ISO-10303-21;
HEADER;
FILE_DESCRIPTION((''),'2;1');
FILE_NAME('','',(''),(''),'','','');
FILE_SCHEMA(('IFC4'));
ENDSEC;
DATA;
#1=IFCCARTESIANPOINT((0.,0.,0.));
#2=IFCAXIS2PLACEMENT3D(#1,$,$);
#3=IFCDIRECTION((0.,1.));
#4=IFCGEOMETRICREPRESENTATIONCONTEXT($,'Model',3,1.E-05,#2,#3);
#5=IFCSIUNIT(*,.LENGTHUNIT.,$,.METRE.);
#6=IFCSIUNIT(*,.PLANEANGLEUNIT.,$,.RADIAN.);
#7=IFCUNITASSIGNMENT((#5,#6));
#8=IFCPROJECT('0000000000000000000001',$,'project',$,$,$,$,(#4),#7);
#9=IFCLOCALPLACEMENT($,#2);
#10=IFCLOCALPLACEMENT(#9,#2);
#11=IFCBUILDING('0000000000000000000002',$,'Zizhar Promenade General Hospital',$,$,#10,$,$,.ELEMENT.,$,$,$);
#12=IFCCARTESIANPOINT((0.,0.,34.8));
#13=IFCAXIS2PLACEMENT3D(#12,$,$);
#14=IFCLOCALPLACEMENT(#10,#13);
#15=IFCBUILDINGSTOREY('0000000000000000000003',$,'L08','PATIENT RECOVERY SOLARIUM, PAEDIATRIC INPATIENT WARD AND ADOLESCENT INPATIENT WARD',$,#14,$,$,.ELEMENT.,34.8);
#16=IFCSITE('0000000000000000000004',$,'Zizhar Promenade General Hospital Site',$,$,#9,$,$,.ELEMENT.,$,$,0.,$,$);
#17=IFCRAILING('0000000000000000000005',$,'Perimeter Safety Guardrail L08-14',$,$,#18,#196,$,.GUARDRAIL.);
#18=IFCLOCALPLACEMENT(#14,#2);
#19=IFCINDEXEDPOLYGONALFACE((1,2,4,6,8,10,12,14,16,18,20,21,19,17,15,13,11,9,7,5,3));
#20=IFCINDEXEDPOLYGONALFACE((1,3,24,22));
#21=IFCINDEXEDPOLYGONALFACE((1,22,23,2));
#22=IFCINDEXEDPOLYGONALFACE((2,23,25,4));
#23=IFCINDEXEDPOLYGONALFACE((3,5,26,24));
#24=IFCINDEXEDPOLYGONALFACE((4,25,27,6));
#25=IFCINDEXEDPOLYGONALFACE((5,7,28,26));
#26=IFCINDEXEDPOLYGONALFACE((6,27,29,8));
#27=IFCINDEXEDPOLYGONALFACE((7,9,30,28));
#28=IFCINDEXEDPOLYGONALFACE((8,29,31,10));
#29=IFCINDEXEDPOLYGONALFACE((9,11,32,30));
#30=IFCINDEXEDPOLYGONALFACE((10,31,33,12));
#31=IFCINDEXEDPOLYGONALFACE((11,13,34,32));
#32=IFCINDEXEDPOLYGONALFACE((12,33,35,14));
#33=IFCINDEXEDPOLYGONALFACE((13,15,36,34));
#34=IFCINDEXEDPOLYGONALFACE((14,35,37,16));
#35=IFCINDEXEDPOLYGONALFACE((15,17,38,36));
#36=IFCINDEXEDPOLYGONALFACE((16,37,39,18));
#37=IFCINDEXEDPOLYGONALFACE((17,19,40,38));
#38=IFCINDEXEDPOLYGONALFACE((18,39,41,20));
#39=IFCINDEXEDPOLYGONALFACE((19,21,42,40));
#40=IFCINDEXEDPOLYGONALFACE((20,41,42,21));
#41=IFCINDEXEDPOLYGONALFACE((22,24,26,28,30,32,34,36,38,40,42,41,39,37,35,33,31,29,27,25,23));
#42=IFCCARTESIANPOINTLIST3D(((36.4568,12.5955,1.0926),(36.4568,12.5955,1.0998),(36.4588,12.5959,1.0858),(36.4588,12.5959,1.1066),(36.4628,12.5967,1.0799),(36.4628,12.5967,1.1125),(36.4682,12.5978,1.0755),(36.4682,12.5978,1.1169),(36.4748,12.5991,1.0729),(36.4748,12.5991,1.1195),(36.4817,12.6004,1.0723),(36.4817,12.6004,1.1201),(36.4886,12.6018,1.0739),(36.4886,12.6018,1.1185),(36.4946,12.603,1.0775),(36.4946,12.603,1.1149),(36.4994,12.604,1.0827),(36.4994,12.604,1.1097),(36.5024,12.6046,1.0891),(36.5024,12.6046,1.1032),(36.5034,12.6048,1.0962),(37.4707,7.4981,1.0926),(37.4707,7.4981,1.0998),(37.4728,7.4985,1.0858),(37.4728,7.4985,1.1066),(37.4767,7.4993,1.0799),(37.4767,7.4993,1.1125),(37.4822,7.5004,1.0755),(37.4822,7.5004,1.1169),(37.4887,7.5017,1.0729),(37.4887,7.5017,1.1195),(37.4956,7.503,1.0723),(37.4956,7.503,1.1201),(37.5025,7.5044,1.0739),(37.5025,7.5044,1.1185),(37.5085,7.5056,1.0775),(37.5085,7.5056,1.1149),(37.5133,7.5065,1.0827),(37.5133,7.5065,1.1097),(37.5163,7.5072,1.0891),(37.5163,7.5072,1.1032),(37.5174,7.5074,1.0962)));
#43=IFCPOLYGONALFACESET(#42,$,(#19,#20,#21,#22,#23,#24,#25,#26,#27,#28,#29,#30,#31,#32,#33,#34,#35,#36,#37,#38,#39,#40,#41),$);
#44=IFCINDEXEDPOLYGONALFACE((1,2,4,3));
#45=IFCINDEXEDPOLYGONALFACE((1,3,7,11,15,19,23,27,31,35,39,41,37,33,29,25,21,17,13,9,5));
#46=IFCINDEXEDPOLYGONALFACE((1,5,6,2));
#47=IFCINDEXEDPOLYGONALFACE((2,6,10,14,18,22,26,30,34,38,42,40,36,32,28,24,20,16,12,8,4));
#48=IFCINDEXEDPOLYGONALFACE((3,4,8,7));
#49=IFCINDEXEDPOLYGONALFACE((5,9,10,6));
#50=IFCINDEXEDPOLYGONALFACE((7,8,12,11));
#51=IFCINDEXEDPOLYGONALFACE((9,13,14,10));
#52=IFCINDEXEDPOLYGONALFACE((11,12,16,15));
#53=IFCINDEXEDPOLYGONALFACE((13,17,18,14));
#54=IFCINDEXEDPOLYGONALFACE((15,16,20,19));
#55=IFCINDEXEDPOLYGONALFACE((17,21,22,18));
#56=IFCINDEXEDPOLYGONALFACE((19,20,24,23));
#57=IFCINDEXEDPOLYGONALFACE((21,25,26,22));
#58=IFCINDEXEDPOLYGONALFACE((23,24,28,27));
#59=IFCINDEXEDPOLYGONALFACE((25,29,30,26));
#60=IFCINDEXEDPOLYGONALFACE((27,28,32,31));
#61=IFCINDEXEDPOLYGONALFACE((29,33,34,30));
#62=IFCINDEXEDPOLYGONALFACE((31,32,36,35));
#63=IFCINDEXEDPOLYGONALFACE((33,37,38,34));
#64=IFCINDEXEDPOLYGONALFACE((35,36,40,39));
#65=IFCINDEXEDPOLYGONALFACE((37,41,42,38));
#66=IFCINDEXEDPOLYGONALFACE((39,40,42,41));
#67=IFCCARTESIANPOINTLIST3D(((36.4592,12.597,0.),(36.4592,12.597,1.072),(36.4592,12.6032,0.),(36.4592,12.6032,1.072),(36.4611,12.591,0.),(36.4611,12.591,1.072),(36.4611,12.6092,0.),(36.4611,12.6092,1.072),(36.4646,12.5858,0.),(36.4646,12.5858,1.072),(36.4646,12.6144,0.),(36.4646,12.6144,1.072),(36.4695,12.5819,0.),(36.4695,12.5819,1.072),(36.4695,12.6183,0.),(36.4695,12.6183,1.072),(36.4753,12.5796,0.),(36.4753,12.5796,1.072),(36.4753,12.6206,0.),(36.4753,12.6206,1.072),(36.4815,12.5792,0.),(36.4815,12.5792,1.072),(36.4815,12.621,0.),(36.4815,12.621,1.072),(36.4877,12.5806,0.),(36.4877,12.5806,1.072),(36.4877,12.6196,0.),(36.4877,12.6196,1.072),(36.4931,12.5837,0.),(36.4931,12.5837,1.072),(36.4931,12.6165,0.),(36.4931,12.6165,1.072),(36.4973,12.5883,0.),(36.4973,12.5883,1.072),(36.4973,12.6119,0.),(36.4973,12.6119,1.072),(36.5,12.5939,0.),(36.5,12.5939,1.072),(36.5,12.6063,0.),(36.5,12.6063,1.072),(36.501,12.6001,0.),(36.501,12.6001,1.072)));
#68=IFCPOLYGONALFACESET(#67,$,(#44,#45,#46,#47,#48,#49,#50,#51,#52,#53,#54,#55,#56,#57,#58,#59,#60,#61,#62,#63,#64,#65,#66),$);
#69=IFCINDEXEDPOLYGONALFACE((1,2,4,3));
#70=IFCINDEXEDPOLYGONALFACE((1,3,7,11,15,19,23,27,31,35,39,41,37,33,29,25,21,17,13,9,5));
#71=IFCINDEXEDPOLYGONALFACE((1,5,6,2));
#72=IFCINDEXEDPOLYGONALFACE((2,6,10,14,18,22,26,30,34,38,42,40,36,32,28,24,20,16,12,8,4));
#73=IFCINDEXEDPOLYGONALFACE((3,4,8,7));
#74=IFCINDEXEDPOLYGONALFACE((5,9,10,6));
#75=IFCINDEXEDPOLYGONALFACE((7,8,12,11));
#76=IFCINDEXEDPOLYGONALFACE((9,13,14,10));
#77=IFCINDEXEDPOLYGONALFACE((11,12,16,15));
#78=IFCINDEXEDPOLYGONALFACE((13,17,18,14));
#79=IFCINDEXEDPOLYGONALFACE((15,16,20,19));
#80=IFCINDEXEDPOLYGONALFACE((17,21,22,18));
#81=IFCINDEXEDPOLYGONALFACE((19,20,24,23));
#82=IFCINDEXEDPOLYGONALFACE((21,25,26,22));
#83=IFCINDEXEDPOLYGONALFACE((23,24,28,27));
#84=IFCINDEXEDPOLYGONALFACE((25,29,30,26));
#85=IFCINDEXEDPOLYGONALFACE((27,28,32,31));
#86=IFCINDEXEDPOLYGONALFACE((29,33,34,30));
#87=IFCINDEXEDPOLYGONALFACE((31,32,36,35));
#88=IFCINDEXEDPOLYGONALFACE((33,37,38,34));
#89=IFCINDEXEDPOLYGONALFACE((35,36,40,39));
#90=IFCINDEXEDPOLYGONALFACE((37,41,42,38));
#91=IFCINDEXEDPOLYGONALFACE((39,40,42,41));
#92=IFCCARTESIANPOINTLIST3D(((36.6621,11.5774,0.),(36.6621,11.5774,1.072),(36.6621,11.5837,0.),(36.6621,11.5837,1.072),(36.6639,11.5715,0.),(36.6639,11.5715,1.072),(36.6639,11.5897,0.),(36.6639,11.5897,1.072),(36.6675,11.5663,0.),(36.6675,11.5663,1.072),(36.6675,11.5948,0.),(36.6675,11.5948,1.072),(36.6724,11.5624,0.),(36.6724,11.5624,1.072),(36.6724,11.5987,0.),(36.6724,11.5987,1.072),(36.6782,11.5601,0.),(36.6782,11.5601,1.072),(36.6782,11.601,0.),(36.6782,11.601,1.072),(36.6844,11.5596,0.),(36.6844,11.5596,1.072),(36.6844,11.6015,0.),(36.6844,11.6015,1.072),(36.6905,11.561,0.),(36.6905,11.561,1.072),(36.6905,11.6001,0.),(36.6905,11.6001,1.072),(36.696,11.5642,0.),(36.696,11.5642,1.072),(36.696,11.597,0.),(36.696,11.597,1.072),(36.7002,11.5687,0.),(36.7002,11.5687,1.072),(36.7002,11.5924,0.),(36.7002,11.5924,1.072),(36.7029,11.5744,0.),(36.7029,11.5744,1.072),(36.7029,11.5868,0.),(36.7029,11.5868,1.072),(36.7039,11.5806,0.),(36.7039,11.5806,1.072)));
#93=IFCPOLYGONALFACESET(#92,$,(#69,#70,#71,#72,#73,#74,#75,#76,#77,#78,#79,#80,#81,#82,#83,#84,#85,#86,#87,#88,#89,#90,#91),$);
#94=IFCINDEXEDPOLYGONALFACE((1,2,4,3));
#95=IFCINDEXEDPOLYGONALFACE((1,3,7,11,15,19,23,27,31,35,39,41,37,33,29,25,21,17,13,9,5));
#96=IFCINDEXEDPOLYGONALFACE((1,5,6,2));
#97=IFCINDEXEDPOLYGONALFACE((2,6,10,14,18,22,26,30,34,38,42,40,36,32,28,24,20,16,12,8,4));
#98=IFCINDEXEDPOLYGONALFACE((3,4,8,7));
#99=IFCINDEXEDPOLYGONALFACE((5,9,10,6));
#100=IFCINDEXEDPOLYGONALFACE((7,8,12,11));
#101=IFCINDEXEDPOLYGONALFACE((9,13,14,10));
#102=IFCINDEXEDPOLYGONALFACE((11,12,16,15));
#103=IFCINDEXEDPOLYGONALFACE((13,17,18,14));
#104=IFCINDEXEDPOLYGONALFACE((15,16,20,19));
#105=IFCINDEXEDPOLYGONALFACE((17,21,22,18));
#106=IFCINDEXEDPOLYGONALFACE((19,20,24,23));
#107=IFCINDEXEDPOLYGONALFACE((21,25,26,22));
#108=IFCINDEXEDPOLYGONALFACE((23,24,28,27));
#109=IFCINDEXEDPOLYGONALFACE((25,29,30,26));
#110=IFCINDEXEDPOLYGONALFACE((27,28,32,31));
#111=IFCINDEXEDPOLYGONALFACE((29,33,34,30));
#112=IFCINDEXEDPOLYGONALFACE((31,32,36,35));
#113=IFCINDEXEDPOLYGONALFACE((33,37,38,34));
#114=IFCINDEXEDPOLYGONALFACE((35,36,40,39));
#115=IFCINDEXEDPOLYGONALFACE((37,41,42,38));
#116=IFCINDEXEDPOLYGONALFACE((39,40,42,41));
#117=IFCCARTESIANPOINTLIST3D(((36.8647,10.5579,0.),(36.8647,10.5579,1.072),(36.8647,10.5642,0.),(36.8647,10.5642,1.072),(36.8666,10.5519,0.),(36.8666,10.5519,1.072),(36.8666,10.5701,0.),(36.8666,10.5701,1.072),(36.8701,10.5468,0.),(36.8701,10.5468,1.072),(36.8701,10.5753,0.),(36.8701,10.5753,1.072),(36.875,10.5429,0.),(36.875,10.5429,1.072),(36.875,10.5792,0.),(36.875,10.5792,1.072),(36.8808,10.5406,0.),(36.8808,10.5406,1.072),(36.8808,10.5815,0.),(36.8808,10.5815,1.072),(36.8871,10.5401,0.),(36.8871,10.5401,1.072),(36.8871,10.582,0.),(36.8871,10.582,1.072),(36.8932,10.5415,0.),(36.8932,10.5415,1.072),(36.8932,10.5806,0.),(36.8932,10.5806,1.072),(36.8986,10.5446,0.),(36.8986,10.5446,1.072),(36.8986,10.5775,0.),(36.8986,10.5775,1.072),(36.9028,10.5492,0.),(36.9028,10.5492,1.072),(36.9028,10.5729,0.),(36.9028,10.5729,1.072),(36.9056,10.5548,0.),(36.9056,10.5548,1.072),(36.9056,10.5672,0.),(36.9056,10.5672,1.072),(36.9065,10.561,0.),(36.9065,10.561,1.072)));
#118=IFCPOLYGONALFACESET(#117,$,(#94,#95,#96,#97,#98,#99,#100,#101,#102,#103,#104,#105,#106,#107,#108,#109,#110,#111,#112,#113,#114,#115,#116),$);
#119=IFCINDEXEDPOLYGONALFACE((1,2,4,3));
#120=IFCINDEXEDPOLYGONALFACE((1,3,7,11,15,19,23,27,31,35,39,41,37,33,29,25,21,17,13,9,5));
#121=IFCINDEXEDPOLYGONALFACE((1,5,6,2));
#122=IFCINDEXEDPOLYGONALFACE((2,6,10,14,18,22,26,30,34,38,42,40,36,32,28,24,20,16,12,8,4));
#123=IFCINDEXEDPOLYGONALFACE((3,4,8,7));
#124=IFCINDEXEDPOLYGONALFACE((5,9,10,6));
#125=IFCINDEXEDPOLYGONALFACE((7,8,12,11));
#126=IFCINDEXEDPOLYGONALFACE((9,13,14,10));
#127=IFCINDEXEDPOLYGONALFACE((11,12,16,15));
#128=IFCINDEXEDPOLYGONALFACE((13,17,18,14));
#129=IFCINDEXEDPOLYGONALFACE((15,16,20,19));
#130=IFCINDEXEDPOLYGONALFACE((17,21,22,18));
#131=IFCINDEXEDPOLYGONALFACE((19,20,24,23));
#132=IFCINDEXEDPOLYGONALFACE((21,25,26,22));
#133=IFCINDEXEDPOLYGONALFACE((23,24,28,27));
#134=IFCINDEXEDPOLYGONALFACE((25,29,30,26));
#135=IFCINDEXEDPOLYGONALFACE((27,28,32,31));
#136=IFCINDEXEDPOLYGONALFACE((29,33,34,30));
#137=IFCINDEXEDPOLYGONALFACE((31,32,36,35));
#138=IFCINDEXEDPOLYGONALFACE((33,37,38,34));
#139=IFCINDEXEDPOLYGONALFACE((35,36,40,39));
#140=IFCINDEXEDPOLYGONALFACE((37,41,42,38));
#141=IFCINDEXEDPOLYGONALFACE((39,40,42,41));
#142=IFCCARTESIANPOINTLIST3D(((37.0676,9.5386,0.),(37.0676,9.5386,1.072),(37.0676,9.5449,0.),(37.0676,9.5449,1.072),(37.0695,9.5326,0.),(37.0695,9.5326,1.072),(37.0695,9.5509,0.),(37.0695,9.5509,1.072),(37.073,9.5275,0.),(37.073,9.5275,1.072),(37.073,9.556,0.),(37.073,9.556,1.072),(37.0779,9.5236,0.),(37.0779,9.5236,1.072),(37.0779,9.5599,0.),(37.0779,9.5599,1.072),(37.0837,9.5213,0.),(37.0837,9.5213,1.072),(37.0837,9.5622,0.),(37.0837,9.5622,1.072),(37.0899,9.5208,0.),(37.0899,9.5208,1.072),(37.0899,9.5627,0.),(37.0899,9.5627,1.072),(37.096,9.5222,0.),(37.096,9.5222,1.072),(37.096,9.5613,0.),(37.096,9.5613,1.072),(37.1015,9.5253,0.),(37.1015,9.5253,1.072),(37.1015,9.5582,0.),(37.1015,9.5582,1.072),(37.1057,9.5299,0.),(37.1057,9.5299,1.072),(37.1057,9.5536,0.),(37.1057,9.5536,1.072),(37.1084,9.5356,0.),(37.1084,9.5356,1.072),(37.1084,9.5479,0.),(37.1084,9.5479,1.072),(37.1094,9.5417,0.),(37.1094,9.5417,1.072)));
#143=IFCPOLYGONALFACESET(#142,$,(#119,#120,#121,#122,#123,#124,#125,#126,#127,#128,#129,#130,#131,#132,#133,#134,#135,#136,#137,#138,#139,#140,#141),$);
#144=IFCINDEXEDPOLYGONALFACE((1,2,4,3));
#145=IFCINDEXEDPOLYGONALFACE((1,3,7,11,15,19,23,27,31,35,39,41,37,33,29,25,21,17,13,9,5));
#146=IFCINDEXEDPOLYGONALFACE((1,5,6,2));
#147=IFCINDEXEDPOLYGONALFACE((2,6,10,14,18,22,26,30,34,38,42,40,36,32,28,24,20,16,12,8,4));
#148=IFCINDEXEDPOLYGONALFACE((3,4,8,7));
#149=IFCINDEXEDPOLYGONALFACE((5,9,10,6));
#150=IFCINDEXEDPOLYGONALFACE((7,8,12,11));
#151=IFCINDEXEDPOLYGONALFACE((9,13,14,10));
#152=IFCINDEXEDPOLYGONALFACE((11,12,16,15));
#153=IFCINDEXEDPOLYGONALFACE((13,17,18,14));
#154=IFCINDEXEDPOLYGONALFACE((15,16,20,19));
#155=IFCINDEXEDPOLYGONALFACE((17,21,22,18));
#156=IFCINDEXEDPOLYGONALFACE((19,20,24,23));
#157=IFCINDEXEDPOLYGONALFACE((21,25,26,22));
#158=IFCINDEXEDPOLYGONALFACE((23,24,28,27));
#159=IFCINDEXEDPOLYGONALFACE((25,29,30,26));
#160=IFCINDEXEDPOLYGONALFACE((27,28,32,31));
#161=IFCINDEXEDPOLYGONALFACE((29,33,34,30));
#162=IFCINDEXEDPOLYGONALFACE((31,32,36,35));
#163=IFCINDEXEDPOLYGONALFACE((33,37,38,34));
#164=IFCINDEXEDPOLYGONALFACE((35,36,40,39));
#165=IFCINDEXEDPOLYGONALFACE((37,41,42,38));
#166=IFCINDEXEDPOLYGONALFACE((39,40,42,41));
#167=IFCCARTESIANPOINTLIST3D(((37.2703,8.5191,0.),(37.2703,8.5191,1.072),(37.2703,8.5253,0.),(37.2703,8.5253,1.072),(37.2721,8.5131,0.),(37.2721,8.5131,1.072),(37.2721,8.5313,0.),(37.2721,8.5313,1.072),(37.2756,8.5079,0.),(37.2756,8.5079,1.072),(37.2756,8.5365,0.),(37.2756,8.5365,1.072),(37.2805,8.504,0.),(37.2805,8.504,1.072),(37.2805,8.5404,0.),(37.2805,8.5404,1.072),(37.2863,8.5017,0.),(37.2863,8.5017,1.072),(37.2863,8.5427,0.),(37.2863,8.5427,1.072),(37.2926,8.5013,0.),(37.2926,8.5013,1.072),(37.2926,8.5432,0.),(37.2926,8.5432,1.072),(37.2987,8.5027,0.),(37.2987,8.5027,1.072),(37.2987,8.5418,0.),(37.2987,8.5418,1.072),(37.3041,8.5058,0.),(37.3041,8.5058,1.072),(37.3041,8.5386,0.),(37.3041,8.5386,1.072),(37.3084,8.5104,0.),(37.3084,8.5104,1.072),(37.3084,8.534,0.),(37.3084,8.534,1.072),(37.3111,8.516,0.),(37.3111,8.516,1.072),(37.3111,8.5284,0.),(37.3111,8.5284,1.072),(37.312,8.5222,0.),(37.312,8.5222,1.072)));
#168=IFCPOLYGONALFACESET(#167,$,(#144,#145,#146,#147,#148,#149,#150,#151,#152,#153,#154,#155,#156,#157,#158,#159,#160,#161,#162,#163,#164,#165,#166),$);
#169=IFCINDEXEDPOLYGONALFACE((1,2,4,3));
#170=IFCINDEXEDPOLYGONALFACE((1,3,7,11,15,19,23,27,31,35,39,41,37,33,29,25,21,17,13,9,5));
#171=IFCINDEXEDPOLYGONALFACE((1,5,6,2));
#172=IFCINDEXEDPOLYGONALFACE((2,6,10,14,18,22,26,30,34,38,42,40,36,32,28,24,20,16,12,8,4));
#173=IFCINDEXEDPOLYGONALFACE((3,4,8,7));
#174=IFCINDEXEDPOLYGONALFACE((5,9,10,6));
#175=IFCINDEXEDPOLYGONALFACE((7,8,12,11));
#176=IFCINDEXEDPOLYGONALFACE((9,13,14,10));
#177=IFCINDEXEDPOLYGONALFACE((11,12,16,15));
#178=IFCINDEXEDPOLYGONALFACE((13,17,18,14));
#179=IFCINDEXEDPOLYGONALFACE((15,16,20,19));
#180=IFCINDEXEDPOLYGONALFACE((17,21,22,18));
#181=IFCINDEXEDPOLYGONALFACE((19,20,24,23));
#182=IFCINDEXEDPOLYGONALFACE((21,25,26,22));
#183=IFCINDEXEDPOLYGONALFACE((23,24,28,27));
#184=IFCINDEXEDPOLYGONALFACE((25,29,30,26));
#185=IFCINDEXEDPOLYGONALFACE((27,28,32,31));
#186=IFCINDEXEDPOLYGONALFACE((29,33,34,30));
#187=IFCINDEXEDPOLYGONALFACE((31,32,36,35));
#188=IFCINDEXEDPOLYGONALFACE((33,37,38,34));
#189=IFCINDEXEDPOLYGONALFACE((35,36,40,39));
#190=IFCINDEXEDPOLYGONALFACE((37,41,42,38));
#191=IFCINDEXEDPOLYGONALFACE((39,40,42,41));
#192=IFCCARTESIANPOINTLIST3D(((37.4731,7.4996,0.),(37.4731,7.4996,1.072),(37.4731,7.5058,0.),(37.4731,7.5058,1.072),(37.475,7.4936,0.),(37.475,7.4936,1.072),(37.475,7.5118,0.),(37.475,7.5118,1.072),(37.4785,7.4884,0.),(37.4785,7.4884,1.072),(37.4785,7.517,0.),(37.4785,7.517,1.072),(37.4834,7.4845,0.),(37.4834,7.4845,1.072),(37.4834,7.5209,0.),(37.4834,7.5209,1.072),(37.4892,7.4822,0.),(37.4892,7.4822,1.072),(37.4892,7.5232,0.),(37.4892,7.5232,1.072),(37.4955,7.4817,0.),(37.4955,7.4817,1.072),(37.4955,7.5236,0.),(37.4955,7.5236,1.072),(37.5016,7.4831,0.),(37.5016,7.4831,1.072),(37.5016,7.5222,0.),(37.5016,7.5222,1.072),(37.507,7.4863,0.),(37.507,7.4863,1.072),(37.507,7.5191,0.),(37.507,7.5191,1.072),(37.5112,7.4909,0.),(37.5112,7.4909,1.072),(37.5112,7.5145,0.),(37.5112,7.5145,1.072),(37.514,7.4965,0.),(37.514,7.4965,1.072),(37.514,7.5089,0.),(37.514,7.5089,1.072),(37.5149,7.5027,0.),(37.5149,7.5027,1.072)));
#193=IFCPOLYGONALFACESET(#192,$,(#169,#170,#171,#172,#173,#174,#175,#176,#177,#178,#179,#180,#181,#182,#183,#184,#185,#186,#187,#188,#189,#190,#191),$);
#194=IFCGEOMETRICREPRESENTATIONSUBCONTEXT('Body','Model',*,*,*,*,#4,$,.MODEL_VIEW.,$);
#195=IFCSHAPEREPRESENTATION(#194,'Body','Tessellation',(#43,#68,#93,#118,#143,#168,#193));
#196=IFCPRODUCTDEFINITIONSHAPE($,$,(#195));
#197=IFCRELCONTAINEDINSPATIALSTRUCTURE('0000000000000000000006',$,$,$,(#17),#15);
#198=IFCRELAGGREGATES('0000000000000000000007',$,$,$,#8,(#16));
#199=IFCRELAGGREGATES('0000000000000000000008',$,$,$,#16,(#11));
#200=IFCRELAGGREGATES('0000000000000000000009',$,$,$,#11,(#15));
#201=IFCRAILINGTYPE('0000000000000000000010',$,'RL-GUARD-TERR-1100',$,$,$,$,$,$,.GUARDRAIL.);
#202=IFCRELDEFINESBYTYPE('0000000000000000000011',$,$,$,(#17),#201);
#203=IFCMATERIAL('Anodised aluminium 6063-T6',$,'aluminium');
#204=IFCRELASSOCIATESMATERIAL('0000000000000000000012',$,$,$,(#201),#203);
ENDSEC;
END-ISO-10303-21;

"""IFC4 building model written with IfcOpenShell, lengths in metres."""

from ifc_helpers import new_model, si_unit, direction, frame, origin, origin_2d, place, context, subcontext, project, spatial, circle, hollow_circle, extrude, material, material_profile, profile_set, type_object, element, save


model = new_model("IFC4")

# Units and contexts
model_context = context("Model", 3, precision=1e-05, world=origin(), true_north=direction((0.0, 1.0)))
body_context = subcontext(model_context, "Body", "Model", "MODEL_VIEW")
ifc_project = project(units=[si_unit("LENGTHUNIT", "METRE"), si_unit("PLANEANGLEUNIT", "RADIAN")], contexts=[model_context])

# Site, building, storey
site_placement = place(None, origin())
site = spatial("IfcSite", under=ifc_project, at=site_placement, Name="Zizhar Promenade General Hospital Site", CompositionType="ELEMENT", RefElevation=0.0)
building_placement = place(site_placement, origin())
building = spatial("IfcBuilding", under=site, at=building_placement, Name="Zizhar Promenade General Hospital", CompositionType="ELEMENT")
storey_placement = place(building_placement, frame((0.0, 0.0, 34.8)))
storey = spatial("IfcBuildingStorey", under=building, at=storey_placement, Name="L08", Description="PATIENT RECOVERY SOLARIUM, PAEDIATRIC INPATIENT WARD AND ADOLESCENT INPATIENT WARD", CompositionType="ELEMENT", Elevation=34.8)

# Railing
ifc_material_1 = material(Name="Anodised aluminium 6063-T6", Category="aluminium")
ifc_material_profile_1 = material_profile(ifc_material_1, hollow_circle(Radius=0.0698, WallThickness=0.0063, at=origin_2d()))
ifc_profile_set_1 = profile_set([ifc_material_profile_1], Name="Anodised aluminium 6063-T6")
railing_type = type_object("IfcRailingType", Name="RL-GUARD-TERR-1100", PredefinedType="GUARDRAIL", material=ifc_profile_set_1)
railing_1_placement = place(storey_placement, frame((36.48, 12.6001, 0.0)))
element("IfcRailing", 1, at=railing_1_placement, inside=storey, type_object=railing_type, Name="Perimeter Safety Guardrail L08-14", PredefinedType="GUARDRAIL", context=body_context, shape_type="SweptSolid", body=[
    extrude(circle(Radius=0.0239, at=origin_2d()), frame((0.0, 0.0, 1.0962), z_axis=(0.195086, -0.980786, 0.0), x_axis=(0.980786, 0.195086, 0.0)), (0.0, 0.0, 1.0), 5.1973),
    extrude(circle(Radius=0.021, at=origin_2d()), origin(), (0.0, 0.0, 1.0), 1.072),
    extrude(circle(Radius=0.021, at=origin_2d()), frame((0.2029, -1.0195, 0.0)), (0.0, 0.0, 1.0), 1.072),
    extrude(circle(Radius=0.021, at=origin_2d()), frame((0.4055, -2.0391, 0.0)), (0.0, 0.0, 1.0), 1.072),
    extrude(circle(Radius=0.021, at=origin_2d()), frame((0.6084, -3.0583, 0.0)), (0.0, 0.0, 1.0), 1.072),
    extrude(circle(Radius=0.021, at=origin_2d()), frame((0.811, -4.0779, 0.0)), (0.0, 0.0, 1.0), 1.072),
    extrude(circle(Radius=0.021, at=origin_2d()), frame((1.0139, -5.0974, 0.0)), (0.0, 0.0, 1.0), 1.072),
])

save(model, "model.ifc")
